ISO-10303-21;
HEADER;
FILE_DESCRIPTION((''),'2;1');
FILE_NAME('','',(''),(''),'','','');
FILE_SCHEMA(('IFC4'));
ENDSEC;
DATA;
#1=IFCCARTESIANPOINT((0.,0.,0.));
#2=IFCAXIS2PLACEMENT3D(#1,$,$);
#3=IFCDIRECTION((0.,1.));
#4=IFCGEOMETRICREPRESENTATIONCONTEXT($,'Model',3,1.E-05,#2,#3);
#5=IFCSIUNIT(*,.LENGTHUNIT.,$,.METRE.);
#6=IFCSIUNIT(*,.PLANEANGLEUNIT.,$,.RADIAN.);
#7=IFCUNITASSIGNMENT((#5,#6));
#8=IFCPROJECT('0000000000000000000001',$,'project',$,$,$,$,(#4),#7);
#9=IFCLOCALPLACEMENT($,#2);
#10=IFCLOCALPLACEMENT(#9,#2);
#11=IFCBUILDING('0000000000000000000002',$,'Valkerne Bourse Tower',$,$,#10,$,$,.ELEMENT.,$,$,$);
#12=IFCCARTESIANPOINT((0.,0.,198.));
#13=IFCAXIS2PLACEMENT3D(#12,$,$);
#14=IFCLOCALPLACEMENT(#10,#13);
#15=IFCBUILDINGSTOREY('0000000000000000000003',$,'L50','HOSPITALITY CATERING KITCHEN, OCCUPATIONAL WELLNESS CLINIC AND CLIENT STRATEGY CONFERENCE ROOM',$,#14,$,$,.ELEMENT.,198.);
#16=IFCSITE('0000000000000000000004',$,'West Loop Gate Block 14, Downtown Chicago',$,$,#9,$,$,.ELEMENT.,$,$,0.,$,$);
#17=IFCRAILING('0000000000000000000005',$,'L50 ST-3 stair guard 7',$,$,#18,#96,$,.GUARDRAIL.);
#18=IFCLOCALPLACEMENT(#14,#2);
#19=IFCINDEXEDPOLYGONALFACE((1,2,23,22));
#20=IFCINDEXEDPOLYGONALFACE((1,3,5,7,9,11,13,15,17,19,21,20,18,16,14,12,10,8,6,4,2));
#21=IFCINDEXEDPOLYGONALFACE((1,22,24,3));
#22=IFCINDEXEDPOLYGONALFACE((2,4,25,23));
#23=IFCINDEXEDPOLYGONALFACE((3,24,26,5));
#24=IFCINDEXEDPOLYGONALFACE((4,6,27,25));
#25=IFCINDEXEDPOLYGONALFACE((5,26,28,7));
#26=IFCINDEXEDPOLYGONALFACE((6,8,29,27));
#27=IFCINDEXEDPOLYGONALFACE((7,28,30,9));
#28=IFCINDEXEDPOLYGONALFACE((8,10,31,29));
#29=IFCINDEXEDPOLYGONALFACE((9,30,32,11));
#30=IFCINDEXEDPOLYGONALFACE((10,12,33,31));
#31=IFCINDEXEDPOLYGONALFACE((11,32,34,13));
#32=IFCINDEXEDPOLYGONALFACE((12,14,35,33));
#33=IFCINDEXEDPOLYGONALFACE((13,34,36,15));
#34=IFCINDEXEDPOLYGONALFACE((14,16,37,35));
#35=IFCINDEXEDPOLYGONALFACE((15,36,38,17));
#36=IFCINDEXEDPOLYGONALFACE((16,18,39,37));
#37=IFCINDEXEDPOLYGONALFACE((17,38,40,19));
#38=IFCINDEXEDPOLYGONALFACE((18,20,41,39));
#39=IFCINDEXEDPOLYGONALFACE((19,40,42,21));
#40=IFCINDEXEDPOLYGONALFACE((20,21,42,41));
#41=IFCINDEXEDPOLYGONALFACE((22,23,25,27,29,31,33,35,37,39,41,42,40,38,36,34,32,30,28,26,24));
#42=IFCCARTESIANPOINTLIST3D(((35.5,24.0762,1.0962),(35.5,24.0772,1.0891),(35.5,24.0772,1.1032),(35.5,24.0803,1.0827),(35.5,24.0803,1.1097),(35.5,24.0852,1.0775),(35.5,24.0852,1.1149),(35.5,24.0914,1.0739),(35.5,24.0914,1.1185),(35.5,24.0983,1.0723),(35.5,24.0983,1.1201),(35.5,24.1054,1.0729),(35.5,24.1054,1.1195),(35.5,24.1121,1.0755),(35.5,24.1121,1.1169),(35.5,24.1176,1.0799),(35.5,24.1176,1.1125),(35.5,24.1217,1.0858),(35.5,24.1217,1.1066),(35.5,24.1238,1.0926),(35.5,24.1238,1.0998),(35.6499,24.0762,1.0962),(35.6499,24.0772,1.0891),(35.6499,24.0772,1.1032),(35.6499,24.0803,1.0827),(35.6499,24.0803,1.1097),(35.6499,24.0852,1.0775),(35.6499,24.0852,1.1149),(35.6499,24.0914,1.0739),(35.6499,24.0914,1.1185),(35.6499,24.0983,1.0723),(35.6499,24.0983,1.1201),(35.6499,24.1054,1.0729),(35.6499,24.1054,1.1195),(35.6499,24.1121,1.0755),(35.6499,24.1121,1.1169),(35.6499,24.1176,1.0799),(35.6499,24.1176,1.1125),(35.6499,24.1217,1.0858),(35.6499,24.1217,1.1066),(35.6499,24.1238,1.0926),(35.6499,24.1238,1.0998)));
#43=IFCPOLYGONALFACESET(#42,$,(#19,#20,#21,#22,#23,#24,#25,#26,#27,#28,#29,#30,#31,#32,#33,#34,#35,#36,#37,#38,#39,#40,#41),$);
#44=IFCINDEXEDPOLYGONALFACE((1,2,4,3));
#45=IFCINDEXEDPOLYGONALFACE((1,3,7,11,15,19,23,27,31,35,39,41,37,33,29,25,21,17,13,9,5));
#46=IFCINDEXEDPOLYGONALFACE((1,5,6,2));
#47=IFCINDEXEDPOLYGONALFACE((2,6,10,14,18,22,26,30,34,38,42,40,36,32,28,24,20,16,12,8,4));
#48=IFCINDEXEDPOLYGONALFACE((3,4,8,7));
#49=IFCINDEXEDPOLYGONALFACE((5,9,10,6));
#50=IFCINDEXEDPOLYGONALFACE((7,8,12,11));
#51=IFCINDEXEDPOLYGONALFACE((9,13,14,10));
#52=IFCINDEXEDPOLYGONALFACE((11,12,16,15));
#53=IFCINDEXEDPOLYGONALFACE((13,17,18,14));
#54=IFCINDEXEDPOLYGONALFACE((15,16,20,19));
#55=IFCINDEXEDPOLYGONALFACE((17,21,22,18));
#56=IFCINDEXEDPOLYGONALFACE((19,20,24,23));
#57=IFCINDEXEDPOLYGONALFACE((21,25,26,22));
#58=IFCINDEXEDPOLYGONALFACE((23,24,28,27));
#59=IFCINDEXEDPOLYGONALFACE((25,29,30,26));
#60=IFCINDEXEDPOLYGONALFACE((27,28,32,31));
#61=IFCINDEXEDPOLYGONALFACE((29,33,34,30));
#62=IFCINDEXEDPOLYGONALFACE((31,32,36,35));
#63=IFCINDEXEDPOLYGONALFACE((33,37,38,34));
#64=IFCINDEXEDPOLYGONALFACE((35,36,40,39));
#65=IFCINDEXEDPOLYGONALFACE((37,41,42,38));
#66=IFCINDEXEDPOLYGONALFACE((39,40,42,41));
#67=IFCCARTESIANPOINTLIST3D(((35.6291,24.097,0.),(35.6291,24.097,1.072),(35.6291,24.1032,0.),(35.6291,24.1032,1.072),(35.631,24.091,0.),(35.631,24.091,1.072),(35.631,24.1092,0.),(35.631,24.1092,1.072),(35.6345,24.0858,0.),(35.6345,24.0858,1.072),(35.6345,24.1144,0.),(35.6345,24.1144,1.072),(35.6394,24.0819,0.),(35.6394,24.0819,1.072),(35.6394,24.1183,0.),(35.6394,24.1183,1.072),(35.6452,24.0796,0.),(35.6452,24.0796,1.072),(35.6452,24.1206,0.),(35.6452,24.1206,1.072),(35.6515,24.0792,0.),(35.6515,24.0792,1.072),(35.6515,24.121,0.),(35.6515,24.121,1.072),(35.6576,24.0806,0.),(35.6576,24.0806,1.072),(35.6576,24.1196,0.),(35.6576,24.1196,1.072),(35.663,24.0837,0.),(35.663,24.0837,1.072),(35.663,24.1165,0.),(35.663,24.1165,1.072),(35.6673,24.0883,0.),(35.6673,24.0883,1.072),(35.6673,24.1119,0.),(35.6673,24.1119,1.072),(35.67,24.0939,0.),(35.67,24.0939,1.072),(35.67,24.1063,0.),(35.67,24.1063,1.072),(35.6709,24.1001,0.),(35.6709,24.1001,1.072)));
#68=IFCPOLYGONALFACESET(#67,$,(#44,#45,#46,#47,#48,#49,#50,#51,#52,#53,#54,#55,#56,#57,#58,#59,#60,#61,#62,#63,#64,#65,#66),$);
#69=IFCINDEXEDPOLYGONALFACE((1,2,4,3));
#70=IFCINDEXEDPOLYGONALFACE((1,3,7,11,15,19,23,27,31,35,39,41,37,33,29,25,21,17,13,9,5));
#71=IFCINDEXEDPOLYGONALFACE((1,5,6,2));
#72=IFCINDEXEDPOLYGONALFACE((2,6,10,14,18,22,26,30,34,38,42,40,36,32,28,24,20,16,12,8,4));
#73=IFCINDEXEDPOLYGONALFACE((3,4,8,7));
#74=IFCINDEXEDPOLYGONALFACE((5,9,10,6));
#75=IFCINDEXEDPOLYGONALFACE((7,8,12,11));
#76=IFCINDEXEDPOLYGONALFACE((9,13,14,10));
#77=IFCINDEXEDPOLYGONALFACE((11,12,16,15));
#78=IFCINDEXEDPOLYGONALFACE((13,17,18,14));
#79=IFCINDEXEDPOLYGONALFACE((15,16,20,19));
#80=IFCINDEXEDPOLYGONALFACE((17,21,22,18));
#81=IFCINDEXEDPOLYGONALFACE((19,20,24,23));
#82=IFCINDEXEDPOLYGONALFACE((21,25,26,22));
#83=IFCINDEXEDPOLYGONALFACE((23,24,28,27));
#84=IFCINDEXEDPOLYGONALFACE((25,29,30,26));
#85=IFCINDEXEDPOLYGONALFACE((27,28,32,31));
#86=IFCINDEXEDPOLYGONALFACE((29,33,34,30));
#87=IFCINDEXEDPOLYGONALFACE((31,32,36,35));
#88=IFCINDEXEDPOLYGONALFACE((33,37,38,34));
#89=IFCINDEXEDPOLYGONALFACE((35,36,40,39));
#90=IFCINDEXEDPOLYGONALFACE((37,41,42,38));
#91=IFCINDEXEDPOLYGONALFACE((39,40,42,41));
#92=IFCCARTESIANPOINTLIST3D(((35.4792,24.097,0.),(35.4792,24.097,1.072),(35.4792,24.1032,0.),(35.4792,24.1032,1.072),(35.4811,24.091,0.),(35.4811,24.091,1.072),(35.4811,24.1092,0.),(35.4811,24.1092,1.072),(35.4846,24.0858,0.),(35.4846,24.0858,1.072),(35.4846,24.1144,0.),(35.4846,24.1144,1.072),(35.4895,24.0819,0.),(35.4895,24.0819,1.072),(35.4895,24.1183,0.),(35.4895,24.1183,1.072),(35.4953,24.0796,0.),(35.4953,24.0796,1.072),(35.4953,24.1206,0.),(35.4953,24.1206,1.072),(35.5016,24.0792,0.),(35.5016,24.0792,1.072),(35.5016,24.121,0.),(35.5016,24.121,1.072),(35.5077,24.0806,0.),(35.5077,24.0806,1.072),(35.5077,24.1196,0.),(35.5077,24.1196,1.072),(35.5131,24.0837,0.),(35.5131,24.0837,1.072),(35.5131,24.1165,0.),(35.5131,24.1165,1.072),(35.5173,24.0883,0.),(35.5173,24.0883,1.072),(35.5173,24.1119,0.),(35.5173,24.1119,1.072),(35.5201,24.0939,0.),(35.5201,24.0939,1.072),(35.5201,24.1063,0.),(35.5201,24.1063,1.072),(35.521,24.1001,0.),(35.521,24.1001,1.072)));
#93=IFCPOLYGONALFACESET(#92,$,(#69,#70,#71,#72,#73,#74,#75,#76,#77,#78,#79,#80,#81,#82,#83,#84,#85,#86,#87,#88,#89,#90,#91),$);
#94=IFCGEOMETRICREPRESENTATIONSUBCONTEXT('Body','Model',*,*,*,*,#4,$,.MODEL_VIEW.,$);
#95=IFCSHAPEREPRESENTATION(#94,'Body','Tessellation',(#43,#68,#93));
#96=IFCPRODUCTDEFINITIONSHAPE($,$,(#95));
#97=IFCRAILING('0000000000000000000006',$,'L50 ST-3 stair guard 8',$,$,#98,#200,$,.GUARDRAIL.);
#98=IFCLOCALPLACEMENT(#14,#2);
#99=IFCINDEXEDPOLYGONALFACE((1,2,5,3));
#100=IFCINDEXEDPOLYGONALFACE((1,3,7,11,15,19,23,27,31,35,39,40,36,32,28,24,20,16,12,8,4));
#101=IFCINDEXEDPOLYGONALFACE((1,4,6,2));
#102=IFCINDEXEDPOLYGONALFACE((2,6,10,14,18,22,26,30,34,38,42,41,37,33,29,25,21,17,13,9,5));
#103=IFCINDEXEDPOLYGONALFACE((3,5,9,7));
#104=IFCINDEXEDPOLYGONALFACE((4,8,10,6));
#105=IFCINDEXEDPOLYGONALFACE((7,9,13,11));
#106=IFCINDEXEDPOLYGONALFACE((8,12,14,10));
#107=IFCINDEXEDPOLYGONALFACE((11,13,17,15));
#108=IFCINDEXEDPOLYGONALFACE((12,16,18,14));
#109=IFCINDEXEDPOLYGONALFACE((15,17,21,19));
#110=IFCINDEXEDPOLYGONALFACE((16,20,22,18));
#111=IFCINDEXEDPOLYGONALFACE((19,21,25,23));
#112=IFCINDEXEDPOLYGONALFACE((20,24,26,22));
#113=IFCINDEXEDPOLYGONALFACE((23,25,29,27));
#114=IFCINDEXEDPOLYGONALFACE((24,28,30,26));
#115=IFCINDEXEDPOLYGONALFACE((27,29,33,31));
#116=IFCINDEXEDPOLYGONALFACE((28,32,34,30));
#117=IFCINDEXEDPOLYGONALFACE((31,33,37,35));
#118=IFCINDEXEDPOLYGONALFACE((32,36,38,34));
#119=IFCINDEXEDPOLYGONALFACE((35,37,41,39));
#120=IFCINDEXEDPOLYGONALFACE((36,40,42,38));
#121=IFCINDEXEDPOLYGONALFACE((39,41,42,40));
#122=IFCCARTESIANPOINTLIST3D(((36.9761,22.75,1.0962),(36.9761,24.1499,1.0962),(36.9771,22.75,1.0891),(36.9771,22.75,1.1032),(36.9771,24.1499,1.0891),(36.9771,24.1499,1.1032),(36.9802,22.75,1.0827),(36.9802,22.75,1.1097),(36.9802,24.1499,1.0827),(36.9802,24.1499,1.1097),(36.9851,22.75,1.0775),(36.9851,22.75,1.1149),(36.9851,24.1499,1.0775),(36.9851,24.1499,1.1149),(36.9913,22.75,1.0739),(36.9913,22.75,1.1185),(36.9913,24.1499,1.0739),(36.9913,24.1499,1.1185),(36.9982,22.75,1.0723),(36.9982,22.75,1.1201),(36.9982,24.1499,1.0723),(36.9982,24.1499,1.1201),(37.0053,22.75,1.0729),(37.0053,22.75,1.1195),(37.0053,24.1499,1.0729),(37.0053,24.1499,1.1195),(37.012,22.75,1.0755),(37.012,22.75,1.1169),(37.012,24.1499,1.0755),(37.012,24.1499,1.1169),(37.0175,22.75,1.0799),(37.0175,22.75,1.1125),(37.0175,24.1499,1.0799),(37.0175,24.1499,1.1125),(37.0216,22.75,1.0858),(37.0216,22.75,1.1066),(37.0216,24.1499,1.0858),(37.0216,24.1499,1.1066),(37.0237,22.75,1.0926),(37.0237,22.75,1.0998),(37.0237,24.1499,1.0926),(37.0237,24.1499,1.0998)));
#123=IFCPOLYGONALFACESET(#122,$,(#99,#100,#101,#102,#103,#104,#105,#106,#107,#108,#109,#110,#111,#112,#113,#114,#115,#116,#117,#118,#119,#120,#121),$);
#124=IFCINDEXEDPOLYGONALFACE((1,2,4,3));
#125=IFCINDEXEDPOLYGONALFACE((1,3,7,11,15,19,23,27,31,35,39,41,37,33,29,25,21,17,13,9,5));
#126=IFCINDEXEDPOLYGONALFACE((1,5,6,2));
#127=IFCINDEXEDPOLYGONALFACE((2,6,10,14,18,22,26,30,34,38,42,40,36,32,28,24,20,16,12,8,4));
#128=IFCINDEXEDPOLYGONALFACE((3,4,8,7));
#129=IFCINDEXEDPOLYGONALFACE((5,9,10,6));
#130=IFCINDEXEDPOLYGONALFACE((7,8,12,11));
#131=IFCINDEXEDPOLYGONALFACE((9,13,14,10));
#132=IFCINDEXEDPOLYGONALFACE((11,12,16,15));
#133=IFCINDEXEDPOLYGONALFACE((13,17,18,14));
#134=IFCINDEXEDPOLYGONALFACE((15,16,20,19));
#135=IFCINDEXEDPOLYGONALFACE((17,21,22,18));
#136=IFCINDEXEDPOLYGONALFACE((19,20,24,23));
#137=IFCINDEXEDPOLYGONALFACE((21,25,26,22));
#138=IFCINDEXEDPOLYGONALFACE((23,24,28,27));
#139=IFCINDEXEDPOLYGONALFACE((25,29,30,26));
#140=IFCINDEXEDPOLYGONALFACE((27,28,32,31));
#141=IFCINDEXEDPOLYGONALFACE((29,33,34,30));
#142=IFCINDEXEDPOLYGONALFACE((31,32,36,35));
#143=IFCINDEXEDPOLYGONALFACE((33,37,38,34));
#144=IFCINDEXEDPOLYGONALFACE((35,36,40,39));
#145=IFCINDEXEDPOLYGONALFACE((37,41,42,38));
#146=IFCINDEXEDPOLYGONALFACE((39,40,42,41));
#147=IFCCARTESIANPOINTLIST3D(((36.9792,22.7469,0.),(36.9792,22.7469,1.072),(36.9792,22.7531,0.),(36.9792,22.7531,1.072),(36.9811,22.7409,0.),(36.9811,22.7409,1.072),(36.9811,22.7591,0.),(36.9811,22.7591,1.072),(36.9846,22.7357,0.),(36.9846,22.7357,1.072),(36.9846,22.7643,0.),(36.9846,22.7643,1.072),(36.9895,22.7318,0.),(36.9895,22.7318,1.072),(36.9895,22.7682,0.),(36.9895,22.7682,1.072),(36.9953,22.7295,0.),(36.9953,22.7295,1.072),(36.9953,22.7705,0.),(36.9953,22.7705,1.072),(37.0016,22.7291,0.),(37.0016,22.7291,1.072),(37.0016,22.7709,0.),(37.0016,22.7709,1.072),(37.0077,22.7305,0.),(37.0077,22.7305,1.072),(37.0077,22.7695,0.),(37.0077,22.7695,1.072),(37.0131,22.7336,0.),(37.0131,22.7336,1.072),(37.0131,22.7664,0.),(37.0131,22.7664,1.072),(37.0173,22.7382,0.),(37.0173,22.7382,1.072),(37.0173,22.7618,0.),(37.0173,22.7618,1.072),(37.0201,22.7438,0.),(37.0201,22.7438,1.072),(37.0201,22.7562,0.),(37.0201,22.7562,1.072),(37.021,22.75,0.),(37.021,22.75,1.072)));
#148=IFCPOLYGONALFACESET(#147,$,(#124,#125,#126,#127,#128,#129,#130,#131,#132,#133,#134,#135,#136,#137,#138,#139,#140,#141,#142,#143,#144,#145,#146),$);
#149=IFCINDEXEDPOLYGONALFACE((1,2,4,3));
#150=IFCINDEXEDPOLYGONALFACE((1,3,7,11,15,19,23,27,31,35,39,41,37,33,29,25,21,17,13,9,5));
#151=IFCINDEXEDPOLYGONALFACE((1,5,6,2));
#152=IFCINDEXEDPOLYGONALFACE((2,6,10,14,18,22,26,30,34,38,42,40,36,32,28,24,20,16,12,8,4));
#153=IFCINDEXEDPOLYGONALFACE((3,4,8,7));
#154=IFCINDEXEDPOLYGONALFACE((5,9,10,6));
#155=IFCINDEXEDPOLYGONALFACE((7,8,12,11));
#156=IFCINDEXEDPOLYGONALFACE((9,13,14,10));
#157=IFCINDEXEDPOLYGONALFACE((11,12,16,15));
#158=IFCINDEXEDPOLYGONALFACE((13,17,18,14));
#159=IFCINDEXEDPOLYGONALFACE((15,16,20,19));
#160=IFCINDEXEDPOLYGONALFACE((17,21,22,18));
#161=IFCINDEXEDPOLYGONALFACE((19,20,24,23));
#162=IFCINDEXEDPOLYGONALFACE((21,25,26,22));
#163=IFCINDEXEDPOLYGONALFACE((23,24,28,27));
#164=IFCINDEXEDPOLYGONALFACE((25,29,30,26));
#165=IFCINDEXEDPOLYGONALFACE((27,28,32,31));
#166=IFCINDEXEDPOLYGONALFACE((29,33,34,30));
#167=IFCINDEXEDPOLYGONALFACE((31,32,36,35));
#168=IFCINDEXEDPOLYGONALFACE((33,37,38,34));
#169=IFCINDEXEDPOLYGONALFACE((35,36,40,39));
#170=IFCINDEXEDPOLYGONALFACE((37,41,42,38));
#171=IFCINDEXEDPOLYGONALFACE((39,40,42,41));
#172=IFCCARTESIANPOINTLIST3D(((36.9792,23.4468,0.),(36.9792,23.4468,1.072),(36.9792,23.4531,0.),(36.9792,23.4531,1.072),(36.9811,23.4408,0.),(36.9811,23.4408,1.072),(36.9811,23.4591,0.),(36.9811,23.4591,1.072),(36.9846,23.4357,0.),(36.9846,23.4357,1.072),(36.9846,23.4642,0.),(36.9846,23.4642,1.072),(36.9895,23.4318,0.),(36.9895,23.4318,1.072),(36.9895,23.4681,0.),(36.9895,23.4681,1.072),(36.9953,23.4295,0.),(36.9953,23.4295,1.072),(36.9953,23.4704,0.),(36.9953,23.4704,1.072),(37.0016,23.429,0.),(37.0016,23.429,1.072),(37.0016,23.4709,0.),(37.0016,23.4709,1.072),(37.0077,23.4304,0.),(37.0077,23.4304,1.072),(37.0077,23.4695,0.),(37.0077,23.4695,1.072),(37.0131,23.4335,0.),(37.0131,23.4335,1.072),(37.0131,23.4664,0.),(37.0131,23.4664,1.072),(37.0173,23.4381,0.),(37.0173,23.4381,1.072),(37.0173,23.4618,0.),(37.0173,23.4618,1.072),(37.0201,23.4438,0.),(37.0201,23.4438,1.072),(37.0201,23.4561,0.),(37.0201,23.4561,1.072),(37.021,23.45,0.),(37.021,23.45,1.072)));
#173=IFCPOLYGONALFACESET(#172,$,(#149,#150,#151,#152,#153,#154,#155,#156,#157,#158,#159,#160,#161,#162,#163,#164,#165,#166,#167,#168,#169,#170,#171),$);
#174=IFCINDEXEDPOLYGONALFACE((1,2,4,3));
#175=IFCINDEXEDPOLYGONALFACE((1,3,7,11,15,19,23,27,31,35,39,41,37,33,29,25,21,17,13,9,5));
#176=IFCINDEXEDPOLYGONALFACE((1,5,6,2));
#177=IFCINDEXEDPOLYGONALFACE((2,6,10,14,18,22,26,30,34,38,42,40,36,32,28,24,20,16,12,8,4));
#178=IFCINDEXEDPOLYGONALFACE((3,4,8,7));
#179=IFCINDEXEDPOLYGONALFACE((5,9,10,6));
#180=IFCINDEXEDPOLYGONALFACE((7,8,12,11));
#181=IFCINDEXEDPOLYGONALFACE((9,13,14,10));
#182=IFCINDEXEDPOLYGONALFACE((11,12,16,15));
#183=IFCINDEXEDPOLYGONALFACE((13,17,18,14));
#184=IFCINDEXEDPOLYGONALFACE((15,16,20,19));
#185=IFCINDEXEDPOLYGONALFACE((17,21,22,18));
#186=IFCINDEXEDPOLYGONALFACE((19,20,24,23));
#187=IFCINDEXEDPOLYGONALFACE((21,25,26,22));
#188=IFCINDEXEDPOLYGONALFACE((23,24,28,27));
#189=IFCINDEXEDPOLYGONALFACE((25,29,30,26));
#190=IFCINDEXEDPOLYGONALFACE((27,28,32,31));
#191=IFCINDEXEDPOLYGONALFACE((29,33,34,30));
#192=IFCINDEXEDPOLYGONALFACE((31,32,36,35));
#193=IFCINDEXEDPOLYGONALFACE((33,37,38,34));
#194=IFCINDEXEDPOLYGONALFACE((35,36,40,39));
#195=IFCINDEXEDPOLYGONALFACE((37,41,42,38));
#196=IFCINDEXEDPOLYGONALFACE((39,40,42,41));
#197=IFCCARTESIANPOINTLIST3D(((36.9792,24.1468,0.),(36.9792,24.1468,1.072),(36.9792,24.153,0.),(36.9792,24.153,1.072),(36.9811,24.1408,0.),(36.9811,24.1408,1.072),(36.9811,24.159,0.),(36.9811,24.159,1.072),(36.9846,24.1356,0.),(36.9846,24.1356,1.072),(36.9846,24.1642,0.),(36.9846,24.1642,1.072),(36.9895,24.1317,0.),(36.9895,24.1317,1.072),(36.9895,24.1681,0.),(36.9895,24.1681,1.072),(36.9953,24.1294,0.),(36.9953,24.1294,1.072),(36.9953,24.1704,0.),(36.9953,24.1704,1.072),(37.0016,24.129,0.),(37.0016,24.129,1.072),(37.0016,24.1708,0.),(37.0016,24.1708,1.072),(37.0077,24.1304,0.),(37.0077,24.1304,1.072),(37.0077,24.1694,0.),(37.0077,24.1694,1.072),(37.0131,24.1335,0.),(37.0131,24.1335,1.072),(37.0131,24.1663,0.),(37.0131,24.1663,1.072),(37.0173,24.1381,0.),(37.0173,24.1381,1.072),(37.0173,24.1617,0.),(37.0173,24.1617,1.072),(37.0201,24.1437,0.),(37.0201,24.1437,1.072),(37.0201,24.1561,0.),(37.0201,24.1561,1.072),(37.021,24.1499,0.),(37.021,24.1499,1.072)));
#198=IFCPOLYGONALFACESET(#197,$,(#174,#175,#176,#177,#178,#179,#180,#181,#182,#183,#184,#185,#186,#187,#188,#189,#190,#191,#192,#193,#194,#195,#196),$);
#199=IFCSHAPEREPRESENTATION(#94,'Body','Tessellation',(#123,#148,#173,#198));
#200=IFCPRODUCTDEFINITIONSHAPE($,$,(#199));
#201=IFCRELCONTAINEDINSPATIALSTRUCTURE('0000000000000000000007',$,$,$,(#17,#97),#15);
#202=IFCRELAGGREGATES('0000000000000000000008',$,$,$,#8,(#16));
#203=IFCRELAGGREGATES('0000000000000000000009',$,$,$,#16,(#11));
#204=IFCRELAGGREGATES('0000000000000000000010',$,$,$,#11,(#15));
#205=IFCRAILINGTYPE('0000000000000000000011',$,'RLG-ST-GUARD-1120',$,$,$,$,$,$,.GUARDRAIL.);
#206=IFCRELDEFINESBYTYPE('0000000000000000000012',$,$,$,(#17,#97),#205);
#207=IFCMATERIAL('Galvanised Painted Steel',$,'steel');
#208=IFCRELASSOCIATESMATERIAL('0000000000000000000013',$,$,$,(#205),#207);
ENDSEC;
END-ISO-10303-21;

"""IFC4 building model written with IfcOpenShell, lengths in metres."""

from ifc_helpers import new_model, si_unit, direction, frame, origin, origin_2d, place, context, subcontext, project, spatial, circle, extrude, material, type_object, element, save


model = new_model("IFC4")

# Units and contexts
model_context = context("Model", 3, precision=1e-05, world=origin(), true_north=direction((0.0, 1.0)))
body_context = subcontext(model_context, "Body", "Model", "MODEL_VIEW")
ifc_project = project(units=[si_unit("LENGTHUNIT", "METRE"), si_unit("PLANEANGLEUNIT", "RADIAN")], contexts=[model_context])

# Site, building, storey
site_placement = place(None, origin())
site = spatial("IfcSite", under=ifc_project, at=site_placement, Name="West Loop Gate Block 14, Downtown Chicago", CompositionType="ELEMENT", RefElevation=0.0)
building_placement = place(site_placement, origin())
building = spatial("IfcBuilding", under=site, at=building_placement, Name="Valkerne Bourse Tower", CompositionType="ELEMENT")
storey_placement = place(building_placement, frame((0.0, 0.0, 198.0)))
storey = spatial("IfcBuildingStorey", under=building, at=storey_placement, Name="L50", Description="HOSPITALITY CATERING KITCHEN, OCCUPATIONAL WELLNESS CLINIC AND CLIENT STRATEGY CONFERENCE ROOM", CompositionType="ELEMENT", Elevation=198.0)

# Railings
ifc_material_1 = material(Name="Galvanised Painted Steel", Category="steel")
railing_type_1 = type_object("IfcRailingType", Name="RLG-ST-GUARD-1120", PredefinedType="GUARDRAIL", material=ifc_material_1)
railing_1_placement = place(storey_placement, frame((35.6499, 24.1001, 0.0)))
element("IfcRailing", 1, at=railing_1_placement, inside=storey, type_object=railing_type_1, Name="L50 ST-3 stair guard 7", PredefinedType="GUARDRAIL", context=body_context, shape_type="SweptSolid", body=[
    extrude(circle(Radius=0.0239, at=origin_2d()), frame((0.0, 0.0, 1.0962), z_axis=(-1.0, 0.0, 0.0), x_axis=(0.0, -1.0, 0.0)), (0.0, 0.0, 1.0), 0.1499),
    extrude(circle(Radius=0.021, at=origin_2d()), origin(), (0.0, 0.0, 1.0), 1.072),
    extrude(circle(Radius=0.021, at=origin_2d()), frame((-0.1499, 0.0, 0.0)), (0.0, 0.0, 1.0), 1.072),
])
railing_2_placement = place(storey_placement, frame((37.0, 22.75, 0.0)))
element("IfcRailing", 2, at=railing_2_placement, inside=storey, type_object=railing_type_1, Name="L50 ST-3 stair guard 8", PredefinedType="GUARDRAIL", context=body_context, shape_type="SweptSolid", body=[
    extrude(circle(Radius=0.0239, at=origin_2d()), frame((0.0, 0.0, 1.0962), z_axis=(0.0, 1.0, 0.0), x_axis=(-1.0, 0.0, 0.0)), (0.0, 0.0, 1.0), 1.3999),
    extrude(circle(Radius=0.021, at=origin_2d()), origin(), (0.0, 0.0, 1.0), 1.072),
    extrude(circle(Radius=0.021, at=origin_2d()), frame((0.0, 0.7, 0.0)), (0.0, 0.0, 1.0), 1.072),
    extrude(circle(Radius=0.021, at=origin_2d()), frame((0.0, 1.3999, 0.0)), (0.0, 0.0, 1.0), 1.072),
])

save(model, "model.ifc")
